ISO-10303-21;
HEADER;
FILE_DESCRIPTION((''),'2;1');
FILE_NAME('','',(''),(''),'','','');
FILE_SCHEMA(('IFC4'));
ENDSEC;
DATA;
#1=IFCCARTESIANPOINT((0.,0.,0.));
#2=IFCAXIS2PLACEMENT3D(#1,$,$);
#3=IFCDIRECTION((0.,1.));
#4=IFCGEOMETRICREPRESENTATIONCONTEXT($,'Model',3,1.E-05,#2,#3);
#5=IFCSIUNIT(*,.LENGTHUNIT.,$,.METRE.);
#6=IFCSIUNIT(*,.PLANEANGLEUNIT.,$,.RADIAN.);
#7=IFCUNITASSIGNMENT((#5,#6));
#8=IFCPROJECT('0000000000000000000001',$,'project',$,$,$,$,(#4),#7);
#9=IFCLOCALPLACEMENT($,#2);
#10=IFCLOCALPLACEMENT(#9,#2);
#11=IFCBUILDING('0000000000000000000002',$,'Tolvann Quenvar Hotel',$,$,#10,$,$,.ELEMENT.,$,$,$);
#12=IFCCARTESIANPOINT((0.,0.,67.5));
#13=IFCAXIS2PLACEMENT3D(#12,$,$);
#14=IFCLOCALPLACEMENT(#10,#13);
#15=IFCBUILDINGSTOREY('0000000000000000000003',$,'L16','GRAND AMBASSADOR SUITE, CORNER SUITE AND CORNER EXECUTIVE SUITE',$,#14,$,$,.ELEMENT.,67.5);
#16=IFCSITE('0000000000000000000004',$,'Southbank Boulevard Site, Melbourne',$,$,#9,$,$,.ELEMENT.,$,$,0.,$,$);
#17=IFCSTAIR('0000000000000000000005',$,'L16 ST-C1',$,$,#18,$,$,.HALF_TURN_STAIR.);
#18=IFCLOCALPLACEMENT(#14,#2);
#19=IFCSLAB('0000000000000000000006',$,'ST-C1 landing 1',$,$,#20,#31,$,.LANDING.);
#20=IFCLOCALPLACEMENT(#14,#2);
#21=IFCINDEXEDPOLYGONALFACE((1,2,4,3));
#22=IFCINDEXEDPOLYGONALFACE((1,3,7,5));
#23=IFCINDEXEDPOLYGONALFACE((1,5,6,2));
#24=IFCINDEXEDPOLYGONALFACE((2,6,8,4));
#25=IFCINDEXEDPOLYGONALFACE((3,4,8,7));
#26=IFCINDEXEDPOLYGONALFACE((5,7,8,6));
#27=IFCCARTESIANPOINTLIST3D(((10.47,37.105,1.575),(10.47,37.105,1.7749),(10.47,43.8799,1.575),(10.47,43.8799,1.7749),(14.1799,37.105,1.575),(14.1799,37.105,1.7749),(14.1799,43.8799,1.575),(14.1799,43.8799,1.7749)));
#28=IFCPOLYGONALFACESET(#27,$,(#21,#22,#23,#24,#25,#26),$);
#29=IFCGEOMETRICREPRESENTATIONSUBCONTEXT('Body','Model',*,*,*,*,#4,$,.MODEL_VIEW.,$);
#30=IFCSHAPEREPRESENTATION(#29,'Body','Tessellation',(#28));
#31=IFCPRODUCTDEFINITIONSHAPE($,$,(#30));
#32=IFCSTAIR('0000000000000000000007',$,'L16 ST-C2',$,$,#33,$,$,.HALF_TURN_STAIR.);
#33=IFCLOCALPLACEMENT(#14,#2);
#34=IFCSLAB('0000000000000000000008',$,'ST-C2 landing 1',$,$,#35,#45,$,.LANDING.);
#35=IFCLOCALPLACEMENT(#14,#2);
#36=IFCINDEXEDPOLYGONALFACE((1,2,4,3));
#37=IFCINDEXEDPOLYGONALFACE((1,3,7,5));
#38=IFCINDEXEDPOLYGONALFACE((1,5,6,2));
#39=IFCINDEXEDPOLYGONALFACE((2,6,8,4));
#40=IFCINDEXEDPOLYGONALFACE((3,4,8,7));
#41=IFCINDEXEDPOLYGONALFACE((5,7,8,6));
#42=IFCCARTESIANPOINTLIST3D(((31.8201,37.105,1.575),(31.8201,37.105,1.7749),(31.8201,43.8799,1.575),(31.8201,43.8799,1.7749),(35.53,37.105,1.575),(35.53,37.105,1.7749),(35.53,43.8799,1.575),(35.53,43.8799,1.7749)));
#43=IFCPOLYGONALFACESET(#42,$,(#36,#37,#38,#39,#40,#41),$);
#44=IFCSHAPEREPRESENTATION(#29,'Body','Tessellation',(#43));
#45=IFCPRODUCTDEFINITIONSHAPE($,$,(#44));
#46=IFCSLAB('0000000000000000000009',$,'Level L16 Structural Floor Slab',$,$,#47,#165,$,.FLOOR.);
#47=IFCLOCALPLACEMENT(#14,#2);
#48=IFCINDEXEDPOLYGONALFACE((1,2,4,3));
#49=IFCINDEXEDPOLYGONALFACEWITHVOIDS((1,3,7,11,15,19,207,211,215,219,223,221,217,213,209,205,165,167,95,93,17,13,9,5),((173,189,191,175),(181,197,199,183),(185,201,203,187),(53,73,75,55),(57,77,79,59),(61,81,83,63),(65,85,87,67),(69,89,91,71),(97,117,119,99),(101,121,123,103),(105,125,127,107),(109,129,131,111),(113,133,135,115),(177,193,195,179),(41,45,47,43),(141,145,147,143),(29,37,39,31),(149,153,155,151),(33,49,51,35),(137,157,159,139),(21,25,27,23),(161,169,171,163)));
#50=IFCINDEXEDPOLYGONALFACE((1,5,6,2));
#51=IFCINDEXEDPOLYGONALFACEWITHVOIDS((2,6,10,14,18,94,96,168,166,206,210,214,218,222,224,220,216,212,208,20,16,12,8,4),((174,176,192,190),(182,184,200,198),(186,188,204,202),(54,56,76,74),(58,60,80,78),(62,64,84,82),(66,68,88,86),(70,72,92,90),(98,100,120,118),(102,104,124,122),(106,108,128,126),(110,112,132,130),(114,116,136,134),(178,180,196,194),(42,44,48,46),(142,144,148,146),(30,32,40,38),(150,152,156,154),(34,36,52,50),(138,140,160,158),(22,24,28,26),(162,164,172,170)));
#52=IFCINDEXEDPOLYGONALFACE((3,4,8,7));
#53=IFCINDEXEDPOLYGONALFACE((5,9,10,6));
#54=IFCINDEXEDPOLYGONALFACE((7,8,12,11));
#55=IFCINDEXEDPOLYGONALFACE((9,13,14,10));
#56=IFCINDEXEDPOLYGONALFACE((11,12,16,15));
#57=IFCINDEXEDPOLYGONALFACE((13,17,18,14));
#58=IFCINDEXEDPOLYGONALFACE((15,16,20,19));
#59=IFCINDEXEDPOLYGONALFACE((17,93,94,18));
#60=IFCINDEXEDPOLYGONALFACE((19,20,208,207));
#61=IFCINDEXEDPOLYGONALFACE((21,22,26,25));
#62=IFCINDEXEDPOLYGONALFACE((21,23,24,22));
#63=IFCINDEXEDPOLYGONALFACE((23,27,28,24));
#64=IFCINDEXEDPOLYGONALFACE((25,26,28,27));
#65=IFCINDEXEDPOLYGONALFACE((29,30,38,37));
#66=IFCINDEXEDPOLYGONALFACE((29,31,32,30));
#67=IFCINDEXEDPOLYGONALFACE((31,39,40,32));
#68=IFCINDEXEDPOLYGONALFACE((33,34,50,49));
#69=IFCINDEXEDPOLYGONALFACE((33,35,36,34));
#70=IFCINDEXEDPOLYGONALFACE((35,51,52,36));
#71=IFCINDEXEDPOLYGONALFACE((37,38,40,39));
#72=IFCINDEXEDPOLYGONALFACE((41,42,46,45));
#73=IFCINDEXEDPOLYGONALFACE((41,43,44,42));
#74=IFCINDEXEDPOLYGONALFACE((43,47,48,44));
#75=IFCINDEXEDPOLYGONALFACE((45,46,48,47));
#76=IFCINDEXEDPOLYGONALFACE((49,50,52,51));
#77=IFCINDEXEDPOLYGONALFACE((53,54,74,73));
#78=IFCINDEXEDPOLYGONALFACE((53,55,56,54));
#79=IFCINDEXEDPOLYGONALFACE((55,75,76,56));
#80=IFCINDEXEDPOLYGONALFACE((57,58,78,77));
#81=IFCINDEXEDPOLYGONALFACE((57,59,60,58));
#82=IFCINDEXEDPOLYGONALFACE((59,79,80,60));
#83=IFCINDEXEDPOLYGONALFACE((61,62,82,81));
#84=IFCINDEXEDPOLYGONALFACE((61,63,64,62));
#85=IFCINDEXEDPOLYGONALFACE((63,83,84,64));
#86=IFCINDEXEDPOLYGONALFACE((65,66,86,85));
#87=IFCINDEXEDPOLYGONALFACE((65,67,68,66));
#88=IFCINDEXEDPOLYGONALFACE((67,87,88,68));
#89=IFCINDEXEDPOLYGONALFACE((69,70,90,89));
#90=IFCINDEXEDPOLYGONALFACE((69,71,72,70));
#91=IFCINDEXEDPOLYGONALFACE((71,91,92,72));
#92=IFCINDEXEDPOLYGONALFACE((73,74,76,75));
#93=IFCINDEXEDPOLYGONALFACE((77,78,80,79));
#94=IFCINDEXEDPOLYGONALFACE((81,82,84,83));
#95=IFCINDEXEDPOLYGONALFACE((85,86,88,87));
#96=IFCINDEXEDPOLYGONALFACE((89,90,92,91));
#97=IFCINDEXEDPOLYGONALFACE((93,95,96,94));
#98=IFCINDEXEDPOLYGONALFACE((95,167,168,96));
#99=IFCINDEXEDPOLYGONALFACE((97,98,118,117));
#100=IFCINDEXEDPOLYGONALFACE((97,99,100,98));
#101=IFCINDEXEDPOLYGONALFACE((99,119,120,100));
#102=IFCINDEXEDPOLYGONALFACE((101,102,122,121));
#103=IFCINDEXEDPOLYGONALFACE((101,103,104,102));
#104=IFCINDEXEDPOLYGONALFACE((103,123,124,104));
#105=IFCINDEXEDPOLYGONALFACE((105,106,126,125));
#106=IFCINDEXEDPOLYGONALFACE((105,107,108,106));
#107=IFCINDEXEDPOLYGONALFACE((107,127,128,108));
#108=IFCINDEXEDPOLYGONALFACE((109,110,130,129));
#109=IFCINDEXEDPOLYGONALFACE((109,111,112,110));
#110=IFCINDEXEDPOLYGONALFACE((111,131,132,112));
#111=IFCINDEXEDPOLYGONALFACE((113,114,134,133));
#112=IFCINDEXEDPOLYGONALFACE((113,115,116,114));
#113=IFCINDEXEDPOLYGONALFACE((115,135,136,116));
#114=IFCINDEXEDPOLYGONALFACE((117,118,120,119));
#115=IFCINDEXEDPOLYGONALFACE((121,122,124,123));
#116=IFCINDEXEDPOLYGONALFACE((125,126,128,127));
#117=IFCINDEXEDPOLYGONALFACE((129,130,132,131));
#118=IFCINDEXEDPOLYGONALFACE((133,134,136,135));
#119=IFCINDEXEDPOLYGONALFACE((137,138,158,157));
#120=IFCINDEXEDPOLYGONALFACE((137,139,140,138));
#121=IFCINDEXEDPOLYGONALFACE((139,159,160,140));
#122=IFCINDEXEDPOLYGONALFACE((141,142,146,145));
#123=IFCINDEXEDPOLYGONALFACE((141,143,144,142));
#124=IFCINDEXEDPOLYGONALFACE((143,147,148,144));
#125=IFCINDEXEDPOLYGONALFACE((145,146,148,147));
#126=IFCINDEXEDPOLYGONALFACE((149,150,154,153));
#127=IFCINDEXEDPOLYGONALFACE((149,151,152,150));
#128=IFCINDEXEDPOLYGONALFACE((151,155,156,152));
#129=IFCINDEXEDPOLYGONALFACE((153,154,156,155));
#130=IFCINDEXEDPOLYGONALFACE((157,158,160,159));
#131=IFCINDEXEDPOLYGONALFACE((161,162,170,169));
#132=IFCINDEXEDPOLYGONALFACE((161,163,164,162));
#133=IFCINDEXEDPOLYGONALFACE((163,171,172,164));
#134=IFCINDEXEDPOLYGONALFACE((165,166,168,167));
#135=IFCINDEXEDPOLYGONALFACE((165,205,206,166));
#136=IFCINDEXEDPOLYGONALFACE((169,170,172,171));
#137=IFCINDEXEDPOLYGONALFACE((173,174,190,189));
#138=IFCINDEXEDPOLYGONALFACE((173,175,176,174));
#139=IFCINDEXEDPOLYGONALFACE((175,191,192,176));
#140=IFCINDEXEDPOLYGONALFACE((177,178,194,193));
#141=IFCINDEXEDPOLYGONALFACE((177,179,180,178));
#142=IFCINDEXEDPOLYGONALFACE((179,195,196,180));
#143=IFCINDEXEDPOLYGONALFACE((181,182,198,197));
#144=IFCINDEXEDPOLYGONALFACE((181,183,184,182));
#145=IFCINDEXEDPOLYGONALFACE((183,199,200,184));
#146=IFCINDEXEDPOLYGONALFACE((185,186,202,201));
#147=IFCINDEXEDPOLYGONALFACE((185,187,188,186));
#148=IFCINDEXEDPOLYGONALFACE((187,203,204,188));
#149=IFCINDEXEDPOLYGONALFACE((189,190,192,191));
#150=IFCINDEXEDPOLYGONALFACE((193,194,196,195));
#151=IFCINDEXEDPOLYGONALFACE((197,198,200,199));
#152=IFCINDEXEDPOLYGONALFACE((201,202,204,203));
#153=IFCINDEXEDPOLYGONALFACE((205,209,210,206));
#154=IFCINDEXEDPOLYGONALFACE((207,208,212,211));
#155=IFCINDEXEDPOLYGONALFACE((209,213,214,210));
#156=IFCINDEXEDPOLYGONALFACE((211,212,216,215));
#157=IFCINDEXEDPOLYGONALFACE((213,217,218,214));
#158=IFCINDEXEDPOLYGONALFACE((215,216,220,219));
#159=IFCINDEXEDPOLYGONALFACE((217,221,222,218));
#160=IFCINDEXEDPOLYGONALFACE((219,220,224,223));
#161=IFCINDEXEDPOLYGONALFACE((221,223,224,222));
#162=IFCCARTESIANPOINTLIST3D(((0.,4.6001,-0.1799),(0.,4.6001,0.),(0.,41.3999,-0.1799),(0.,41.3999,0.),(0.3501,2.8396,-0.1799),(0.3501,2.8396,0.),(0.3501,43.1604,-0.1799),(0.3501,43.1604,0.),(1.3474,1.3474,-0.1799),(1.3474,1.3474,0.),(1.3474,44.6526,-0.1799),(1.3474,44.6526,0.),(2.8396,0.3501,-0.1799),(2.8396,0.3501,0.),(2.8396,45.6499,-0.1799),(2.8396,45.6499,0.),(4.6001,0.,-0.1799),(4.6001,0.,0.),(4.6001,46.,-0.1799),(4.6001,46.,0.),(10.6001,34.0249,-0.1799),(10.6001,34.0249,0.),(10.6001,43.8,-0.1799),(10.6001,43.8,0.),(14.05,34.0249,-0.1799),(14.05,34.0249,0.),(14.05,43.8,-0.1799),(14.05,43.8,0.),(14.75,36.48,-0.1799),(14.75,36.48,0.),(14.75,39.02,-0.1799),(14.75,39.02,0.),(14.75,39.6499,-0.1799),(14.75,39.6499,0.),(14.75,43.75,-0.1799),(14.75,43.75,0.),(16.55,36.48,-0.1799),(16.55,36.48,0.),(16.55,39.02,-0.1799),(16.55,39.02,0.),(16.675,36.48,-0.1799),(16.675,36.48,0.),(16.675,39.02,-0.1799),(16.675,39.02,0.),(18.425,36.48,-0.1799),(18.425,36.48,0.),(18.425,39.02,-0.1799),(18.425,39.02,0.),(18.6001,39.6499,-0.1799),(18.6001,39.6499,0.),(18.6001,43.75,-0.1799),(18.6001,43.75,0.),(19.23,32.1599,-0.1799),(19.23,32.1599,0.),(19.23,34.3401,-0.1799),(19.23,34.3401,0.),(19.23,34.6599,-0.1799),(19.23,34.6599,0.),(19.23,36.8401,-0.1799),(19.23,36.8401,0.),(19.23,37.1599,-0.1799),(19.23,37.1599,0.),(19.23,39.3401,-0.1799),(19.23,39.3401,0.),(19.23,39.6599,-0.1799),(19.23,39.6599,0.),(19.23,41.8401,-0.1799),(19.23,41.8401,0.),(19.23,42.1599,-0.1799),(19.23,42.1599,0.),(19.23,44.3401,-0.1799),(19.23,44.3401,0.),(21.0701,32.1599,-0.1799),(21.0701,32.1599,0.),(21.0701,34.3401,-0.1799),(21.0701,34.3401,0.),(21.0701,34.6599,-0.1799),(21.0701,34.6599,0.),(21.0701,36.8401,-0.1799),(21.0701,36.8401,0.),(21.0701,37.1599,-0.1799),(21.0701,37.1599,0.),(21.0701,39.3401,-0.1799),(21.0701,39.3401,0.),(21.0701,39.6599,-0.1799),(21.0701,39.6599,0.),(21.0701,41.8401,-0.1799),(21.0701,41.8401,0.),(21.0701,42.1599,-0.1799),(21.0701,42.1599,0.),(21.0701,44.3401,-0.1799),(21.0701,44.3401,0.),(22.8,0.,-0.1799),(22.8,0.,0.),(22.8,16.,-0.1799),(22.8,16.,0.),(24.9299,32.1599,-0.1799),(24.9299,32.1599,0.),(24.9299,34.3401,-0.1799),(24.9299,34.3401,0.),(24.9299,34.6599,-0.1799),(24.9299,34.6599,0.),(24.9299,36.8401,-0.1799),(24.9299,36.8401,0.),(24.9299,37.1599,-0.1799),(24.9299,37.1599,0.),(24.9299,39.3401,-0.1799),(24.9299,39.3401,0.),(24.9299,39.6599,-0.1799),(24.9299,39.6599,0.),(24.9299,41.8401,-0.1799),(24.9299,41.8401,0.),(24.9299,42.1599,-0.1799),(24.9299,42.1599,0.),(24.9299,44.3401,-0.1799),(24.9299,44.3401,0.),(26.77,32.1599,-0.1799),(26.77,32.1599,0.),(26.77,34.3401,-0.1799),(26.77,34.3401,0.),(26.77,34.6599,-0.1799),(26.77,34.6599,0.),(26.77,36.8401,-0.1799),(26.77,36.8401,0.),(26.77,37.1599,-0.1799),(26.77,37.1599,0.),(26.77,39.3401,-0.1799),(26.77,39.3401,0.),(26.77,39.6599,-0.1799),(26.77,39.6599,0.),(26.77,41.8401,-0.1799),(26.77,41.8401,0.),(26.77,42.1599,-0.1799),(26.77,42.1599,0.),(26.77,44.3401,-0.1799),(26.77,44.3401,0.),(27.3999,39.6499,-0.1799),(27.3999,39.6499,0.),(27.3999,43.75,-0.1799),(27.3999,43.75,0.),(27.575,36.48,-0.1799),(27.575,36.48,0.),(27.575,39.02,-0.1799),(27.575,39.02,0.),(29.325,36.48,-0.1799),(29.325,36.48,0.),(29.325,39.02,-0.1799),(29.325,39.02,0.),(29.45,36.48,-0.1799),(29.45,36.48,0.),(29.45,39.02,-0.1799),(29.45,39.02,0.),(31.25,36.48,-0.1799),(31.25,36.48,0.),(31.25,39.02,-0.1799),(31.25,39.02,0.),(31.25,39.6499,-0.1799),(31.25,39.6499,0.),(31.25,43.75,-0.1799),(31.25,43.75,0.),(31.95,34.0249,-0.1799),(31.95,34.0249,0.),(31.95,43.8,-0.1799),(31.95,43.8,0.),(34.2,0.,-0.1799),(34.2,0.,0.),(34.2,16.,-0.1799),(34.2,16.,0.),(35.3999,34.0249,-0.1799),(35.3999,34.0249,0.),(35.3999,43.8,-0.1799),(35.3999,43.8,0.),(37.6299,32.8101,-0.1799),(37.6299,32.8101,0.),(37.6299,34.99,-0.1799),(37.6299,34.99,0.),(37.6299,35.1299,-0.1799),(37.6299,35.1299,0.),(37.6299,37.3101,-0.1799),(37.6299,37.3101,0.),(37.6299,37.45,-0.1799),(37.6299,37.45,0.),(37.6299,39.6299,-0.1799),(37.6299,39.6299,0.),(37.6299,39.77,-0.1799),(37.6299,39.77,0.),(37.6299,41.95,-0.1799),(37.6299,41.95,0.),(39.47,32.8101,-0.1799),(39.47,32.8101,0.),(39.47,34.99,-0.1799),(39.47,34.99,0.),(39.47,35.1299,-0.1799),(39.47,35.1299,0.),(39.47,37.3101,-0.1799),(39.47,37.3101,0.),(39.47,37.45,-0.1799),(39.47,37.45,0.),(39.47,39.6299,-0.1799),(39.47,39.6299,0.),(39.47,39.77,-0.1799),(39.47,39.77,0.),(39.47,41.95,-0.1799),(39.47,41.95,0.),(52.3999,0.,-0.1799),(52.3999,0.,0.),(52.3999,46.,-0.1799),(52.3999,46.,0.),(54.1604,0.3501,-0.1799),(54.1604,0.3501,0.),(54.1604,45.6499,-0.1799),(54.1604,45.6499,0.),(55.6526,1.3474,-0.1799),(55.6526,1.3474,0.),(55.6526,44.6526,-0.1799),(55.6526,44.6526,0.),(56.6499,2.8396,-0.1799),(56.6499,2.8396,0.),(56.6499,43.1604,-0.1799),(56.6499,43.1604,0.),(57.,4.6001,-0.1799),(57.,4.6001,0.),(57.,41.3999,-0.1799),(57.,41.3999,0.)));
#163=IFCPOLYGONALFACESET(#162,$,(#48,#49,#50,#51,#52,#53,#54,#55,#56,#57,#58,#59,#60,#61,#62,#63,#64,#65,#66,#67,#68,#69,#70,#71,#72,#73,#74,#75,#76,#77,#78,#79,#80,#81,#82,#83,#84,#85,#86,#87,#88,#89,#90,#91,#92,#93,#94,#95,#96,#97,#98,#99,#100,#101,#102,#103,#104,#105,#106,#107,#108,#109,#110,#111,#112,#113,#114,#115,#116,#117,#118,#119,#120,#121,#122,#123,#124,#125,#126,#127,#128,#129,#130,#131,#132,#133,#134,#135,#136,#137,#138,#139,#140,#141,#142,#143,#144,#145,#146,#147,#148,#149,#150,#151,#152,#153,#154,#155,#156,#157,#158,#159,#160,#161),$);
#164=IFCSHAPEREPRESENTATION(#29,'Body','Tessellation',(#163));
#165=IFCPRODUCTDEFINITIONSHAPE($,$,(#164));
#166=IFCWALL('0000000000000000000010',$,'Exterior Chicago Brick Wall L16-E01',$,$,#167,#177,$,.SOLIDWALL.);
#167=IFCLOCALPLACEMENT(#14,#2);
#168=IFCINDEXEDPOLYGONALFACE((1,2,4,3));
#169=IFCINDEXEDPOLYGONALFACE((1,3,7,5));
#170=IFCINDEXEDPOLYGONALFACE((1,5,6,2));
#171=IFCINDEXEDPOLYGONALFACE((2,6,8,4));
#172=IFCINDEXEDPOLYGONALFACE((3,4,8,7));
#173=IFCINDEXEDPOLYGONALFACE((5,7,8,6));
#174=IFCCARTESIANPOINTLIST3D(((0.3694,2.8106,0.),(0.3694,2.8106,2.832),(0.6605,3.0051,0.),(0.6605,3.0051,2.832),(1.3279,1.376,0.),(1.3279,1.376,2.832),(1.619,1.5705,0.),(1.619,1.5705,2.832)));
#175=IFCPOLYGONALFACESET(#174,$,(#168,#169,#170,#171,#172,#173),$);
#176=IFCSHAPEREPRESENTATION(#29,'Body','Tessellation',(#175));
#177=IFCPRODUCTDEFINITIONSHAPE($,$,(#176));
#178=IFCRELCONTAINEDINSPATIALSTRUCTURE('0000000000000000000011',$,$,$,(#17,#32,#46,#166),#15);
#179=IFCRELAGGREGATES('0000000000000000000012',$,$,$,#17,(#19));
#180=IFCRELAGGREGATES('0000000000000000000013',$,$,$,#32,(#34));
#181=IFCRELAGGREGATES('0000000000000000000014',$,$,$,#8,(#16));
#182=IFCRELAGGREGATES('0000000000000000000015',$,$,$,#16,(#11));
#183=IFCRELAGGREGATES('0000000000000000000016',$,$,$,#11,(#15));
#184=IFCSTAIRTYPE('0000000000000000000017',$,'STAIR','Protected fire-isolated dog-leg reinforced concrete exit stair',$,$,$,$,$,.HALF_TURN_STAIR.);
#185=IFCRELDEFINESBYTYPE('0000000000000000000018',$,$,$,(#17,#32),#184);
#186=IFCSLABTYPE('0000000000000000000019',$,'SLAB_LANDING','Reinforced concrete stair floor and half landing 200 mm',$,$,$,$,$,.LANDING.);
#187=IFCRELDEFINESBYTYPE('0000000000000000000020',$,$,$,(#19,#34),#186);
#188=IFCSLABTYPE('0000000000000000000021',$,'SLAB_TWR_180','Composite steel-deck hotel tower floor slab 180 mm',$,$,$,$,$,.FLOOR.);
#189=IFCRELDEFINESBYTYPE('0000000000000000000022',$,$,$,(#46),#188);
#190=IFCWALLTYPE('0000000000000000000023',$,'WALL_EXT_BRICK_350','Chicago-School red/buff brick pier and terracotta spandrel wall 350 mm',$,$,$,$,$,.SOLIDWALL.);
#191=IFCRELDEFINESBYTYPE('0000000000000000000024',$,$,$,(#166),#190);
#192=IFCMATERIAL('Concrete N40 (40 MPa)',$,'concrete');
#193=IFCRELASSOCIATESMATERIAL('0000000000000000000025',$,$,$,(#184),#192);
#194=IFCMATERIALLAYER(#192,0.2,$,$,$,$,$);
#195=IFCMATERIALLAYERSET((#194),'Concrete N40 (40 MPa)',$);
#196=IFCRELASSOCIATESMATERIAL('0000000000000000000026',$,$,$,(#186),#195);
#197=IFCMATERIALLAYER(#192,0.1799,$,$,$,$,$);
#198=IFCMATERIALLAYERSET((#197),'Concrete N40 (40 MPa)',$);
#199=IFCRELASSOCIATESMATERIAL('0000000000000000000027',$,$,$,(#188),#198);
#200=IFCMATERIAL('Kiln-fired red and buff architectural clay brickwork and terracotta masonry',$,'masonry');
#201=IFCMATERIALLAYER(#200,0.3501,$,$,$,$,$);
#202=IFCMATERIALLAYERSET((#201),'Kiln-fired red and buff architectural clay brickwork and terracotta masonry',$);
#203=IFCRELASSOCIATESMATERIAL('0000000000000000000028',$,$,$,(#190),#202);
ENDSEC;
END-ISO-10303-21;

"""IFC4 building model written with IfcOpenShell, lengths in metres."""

from ifc_helpers import new_model, si_unit, direction, frame, frame_2d, origin, place, context, subcontext, project, spatial, polyline, rectangle, outline, extrude, material, layer, layer_set, type_object, element, aggregate, save


model = new_model("IFC4")

# Units and contexts
model_context = context("Model", 3, precision=1e-05, world=origin(), true_north=direction((0.0, 1.0)))
body_context = subcontext(model_context, "Body", "Model", "MODEL_VIEW")
ifc_project = project(units=[si_unit("LENGTHUNIT", "METRE"), si_unit("PLANEANGLEUNIT", "RADIAN")], contexts=[model_context])

# Site, building, storey
site_placement = place(None, origin())
site = spatial("IfcSite", under=ifc_project, at=site_placement, Name="Southbank Boulevard Site, Melbourne", CompositionType="ELEMENT", RefElevation=0.0)
building_placement = place(site_placement, origin())
building = spatial("IfcBuilding", under=site, at=building_placement, Name="Tolvann Quenvar Hotel", CompositionType="ELEMENT")
storey_placement = place(building_placement, frame((0.0, 0.0, 67.5)))
storey = spatial("IfcBuildingStorey", under=building, at=storey_placement, Name="L16", Description="GRAND AMBASSADOR SUITE, CORNER SUITE AND CORNER EXECUTIVE SUITE", CompositionType="ELEMENT", Elevation=67.5)

# Stairs, slabs
ifc_material_1 = material(Name="Concrete N40 (40 MPa)", Category="concrete")
stair_type = type_object("IfcStairType", Name="STAIR", Description="Protected fire-isolated dog-leg reinforced concrete exit stair", PredefinedType="HALF_TURN_STAIR", material=ifc_material_1)
stair_1_placement = place(storey_placement, origin())
stair_1 = element("IfcStair", 1, at=stair_1_placement, inside=storey, type_object=stair_type, Name="L16 ST-C1", PredefinedType="HALF_TURN_STAIR")
ifc_layer_1 = layer(ifc_material_1, 0.2)
ifc_layer_set_1 = layer_set([ifc_layer_1], Name="Concrete N40 (40 MPa)")
slab_type_1 = type_object("IfcSlabType", Name="SLAB_LANDING", Description="Reinforced concrete stair floor and half landing 200 mm", PredefinedType="LANDING", material=ifc_layer_set_1)
slab_1_placement = place(storey_placement, frame((0.0, 0.0, 1.575)))
slab_1 = element("IfcSlab", 2, at=slab_1_placement, type_object=slab_type_1, Name="ST-C1 landing 1", PredefinedType="LANDING", context=body_context, shape_type="SweptSolid", body=[
    extrude(outline(polyline([(14.1799, 37.105), (14.1799, 43.8799), (10.47, 43.8799), (10.47, 37.105), (14.1799, 37.105)])), origin(), (0.0, 0.0, 1.0), 0.2),
])
aggregate(stair_1, [slab_1])
stair_2_placement = place(storey_placement, origin())
stair_2 = element("IfcStair", 3, at=stair_2_placement, inside=storey, type_object=stair_type, Name="L16 ST-C2", PredefinedType="HALF_TURN_STAIR")
slab_2_placement = place(storey_placement, frame((0.0, 0.0, 1.575)))
slab_2 = element("IfcSlab", 4, at=slab_2_placement, type_object=slab_type_1, Name="ST-C2 landing 1", PredefinedType="LANDING", context=body_context, shape_type="SweptSolid", body=[
    extrude(outline(polyline([(35.53, 37.105), (35.53, 43.8799), (31.8201, 43.8799), (31.8201, 37.105), (35.53, 37.105)])), origin(), (0.0, 0.0, 1.0), 0.2),
])
aggregate(stair_2, [slab_2])

# Slab
ifc_layer_2 = layer(ifc_material_1, 0.1799)
ifc_layer_set_2 = layer_set([ifc_layer_2], Name="Concrete N40 (40 MPa)")
slab_type_2 = type_object("IfcSlabType", Name="SLAB_TWR_180", Description="Composite steel-deck hotel tower floor slab 180 mm", PredefinedType="FLOOR", material=ifc_layer_set_2)
slab_3_placement = place(storey_placement, frame((0.0, 0.0, -0.1799)))
element("IfcSlab", 5, at=slab_3_placement, inside=storey, type_object=slab_type_2, Name="Level L16 Structural Floor Slab", PredefinedType="FLOOR", context=body_context, shape_type="SweptSolid", body=[
    extrude(outline(polyline([(0.0, 4.6001), (0.3501, 2.8396), (1.3474, 1.3474), (2.8396, 0.3501), (4.6001, 0.0), (22.8, 0.0), (22.8, 16.0), (34.2, 16.0), (34.2, 0.0), (52.3999, 0.0), (54.1604, 0.3501), (55.6526, 1.3474), (56.6499, 2.8396), (57.0, 4.6001), (57.0, 41.3999), (56.6499, 43.1604), (55.6526, 44.6526), (54.1604, 45.6499), (52.3999, 46.0), (4.6001, 46.0), (2.8396, 45.6499), (1.3474, 44.6526), (0.3501, 43.1604), (0.0, 41.3999), (0.0, 4.6001)]), holes=[polyline([(37.6299, 41.95), (39.47, 41.95), (39.47, 39.77), (37.6299, 39.77), (37.6299, 41.95)]), polyline([(37.6299, 39.6299), (39.47, 39.6299), (39.47, 37.45), (37.6299, 37.45), (37.6299, 39.6299)]), polyline([(37.6299, 37.3101), (39.47, 37.3101), (39.47, 35.1299), (37.6299, 35.1299), (37.6299, 37.3101)]), polyline([(37.6299, 34.99), (39.47, 34.99), (39.47, 32.8101), (37.6299, 32.8101), (37.6299, 34.99)]), polyline([(31.95, 43.8), (35.3999, 43.8), (35.3999, 34.0249), (31.95, 34.0249), (31.95, 43.8)]), polyline([(31.25, 39.02), (31.25, 36.48), (29.45, 36.48), (29.45, 39.02), (31.25, 39.02)]), polyline([(31.25, 43.75), (31.25, 39.6499), (27.3999, 39.6499), (27.3999, 43.75), (31.25, 43.75)]), polyline([(27.575, 39.02), (29.325, 39.02), (29.325, 36.48), (27.575, 36.48), (27.575, 39.02)]), polyline([(26.77, 36.8401), (26.77, 34.6599), (24.9299, 34.6599), (24.9299, 36.8401), (26.77, 36.8401)]), polyline([(26.77, 44.3401), (26.77, 42.1599), (24.9299, 42.1599), (24.9299, 44.3401), (26.77, 44.3401)]), polyline([(26.77, 41.8401), (26.77, 39.6599), (24.9299, 39.6599), (24.9299, 41.8401), (26.77, 41.8401)]), polyline([(26.77, 39.3401), (26.77, 37.1599), (24.9299, 37.1599), (24.9299, 39.3401), (26.77, 39.3401)]), polyline([(24.9299, 34.3401), (26.77, 34.3401), (26.77, 32.1599), (24.9299, 32.1599), (24.9299, 34.3401)]), polyline([(21.0701, 44.3401), (21.0701, 42.1599), (19.23, 42.1599), (19.23, 44.3401), (21.0701, 44.3401)]), polyline([(19.23, 41.8401), (21.0701, 41.8401), (21.0701, 39.6599), (19.23, 39.6599), (19.23, 41.8401)]), polyline([(21.0701, 39.3401), (21.0701, 37.1599), (19.23, 37.1599), (19.23, 39.3401), (21.0701, 39.3401)]), polyline([(19.23, 36.8401), (21.0701, 36.8401), (21.0701, 34.6599), (19.23, 34.6599), (19.23, 36.8401)]), polyline([(19.23, 34.3401), (21.0701, 34.3401), (21.0701, 32.1599), (19.23, 32.1599), (19.23, 34.3401)]), polyline([(18.6001, 43.75), (18.6001, 39.6499), (14.75, 39.6499), (14.75, 43.75), (18.6001, 43.75)]), polyline([(16.675, 39.02), (18.425, 39.02), (18.425, 36.48), (16.675, 36.48), (16.675, 39.02)]), polyline([(16.55, 39.02), (16.55, 36.48), (14.75, 36.48), (14.75, 39.02), (16.55, 39.02)]), polyline([(10.6001, 43.8), (14.05, 43.8), (14.05, 34.0249), (10.6001, 34.0249), (10.6001, 43.8)])]), origin(), (0.0, 0.0, 1.0), 0.1799),
])

# Wall
ifc_material_2 = material(Name="Kiln-fired red and buff architectural clay brickwork and terracotta masonry", Category="masonry")
ifc_layer_3 = layer(ifc_material_2, 0.3501)
ifc_layer_set_3 = layer_set([ifc_layer_3], Name="Kiln-fired red and buff architectural clay brickwork and terracotta masonry")
wall_type_1 = type_object("IfcWallType", Name="WALL_EXT_BRICK_350", Description="Chicago-School red/buff brick pier and terracotta spandrel wall 350 mm", PredefinedType="SOLIDWALL", material=ifc_layer_set_3)
wall_1_placement = place(storey_placement, frame((0.5149, 2.908, 0.0), z_axis=(0.0, 0.0, 1.0), x_axis=(0.555549, -0.831484, 0.0)))
element("IfcWall", 6, at=wall_1_placement, inside=storey, type_object=wall_type_1, Name="Exterior Chicago Brick Wall L16-E01", PredefinedType="SOLIDWALL", context=body_context, shape_type="SweptSolid", body=[
    extrude(rectangle(XDim=1.7253, YDim=0.3501, at=frame_2d((0.8628, 0.0))), origin(), (0.0, 0.0, 1.0), 2.832),
])

save(model, "model.ifc")
